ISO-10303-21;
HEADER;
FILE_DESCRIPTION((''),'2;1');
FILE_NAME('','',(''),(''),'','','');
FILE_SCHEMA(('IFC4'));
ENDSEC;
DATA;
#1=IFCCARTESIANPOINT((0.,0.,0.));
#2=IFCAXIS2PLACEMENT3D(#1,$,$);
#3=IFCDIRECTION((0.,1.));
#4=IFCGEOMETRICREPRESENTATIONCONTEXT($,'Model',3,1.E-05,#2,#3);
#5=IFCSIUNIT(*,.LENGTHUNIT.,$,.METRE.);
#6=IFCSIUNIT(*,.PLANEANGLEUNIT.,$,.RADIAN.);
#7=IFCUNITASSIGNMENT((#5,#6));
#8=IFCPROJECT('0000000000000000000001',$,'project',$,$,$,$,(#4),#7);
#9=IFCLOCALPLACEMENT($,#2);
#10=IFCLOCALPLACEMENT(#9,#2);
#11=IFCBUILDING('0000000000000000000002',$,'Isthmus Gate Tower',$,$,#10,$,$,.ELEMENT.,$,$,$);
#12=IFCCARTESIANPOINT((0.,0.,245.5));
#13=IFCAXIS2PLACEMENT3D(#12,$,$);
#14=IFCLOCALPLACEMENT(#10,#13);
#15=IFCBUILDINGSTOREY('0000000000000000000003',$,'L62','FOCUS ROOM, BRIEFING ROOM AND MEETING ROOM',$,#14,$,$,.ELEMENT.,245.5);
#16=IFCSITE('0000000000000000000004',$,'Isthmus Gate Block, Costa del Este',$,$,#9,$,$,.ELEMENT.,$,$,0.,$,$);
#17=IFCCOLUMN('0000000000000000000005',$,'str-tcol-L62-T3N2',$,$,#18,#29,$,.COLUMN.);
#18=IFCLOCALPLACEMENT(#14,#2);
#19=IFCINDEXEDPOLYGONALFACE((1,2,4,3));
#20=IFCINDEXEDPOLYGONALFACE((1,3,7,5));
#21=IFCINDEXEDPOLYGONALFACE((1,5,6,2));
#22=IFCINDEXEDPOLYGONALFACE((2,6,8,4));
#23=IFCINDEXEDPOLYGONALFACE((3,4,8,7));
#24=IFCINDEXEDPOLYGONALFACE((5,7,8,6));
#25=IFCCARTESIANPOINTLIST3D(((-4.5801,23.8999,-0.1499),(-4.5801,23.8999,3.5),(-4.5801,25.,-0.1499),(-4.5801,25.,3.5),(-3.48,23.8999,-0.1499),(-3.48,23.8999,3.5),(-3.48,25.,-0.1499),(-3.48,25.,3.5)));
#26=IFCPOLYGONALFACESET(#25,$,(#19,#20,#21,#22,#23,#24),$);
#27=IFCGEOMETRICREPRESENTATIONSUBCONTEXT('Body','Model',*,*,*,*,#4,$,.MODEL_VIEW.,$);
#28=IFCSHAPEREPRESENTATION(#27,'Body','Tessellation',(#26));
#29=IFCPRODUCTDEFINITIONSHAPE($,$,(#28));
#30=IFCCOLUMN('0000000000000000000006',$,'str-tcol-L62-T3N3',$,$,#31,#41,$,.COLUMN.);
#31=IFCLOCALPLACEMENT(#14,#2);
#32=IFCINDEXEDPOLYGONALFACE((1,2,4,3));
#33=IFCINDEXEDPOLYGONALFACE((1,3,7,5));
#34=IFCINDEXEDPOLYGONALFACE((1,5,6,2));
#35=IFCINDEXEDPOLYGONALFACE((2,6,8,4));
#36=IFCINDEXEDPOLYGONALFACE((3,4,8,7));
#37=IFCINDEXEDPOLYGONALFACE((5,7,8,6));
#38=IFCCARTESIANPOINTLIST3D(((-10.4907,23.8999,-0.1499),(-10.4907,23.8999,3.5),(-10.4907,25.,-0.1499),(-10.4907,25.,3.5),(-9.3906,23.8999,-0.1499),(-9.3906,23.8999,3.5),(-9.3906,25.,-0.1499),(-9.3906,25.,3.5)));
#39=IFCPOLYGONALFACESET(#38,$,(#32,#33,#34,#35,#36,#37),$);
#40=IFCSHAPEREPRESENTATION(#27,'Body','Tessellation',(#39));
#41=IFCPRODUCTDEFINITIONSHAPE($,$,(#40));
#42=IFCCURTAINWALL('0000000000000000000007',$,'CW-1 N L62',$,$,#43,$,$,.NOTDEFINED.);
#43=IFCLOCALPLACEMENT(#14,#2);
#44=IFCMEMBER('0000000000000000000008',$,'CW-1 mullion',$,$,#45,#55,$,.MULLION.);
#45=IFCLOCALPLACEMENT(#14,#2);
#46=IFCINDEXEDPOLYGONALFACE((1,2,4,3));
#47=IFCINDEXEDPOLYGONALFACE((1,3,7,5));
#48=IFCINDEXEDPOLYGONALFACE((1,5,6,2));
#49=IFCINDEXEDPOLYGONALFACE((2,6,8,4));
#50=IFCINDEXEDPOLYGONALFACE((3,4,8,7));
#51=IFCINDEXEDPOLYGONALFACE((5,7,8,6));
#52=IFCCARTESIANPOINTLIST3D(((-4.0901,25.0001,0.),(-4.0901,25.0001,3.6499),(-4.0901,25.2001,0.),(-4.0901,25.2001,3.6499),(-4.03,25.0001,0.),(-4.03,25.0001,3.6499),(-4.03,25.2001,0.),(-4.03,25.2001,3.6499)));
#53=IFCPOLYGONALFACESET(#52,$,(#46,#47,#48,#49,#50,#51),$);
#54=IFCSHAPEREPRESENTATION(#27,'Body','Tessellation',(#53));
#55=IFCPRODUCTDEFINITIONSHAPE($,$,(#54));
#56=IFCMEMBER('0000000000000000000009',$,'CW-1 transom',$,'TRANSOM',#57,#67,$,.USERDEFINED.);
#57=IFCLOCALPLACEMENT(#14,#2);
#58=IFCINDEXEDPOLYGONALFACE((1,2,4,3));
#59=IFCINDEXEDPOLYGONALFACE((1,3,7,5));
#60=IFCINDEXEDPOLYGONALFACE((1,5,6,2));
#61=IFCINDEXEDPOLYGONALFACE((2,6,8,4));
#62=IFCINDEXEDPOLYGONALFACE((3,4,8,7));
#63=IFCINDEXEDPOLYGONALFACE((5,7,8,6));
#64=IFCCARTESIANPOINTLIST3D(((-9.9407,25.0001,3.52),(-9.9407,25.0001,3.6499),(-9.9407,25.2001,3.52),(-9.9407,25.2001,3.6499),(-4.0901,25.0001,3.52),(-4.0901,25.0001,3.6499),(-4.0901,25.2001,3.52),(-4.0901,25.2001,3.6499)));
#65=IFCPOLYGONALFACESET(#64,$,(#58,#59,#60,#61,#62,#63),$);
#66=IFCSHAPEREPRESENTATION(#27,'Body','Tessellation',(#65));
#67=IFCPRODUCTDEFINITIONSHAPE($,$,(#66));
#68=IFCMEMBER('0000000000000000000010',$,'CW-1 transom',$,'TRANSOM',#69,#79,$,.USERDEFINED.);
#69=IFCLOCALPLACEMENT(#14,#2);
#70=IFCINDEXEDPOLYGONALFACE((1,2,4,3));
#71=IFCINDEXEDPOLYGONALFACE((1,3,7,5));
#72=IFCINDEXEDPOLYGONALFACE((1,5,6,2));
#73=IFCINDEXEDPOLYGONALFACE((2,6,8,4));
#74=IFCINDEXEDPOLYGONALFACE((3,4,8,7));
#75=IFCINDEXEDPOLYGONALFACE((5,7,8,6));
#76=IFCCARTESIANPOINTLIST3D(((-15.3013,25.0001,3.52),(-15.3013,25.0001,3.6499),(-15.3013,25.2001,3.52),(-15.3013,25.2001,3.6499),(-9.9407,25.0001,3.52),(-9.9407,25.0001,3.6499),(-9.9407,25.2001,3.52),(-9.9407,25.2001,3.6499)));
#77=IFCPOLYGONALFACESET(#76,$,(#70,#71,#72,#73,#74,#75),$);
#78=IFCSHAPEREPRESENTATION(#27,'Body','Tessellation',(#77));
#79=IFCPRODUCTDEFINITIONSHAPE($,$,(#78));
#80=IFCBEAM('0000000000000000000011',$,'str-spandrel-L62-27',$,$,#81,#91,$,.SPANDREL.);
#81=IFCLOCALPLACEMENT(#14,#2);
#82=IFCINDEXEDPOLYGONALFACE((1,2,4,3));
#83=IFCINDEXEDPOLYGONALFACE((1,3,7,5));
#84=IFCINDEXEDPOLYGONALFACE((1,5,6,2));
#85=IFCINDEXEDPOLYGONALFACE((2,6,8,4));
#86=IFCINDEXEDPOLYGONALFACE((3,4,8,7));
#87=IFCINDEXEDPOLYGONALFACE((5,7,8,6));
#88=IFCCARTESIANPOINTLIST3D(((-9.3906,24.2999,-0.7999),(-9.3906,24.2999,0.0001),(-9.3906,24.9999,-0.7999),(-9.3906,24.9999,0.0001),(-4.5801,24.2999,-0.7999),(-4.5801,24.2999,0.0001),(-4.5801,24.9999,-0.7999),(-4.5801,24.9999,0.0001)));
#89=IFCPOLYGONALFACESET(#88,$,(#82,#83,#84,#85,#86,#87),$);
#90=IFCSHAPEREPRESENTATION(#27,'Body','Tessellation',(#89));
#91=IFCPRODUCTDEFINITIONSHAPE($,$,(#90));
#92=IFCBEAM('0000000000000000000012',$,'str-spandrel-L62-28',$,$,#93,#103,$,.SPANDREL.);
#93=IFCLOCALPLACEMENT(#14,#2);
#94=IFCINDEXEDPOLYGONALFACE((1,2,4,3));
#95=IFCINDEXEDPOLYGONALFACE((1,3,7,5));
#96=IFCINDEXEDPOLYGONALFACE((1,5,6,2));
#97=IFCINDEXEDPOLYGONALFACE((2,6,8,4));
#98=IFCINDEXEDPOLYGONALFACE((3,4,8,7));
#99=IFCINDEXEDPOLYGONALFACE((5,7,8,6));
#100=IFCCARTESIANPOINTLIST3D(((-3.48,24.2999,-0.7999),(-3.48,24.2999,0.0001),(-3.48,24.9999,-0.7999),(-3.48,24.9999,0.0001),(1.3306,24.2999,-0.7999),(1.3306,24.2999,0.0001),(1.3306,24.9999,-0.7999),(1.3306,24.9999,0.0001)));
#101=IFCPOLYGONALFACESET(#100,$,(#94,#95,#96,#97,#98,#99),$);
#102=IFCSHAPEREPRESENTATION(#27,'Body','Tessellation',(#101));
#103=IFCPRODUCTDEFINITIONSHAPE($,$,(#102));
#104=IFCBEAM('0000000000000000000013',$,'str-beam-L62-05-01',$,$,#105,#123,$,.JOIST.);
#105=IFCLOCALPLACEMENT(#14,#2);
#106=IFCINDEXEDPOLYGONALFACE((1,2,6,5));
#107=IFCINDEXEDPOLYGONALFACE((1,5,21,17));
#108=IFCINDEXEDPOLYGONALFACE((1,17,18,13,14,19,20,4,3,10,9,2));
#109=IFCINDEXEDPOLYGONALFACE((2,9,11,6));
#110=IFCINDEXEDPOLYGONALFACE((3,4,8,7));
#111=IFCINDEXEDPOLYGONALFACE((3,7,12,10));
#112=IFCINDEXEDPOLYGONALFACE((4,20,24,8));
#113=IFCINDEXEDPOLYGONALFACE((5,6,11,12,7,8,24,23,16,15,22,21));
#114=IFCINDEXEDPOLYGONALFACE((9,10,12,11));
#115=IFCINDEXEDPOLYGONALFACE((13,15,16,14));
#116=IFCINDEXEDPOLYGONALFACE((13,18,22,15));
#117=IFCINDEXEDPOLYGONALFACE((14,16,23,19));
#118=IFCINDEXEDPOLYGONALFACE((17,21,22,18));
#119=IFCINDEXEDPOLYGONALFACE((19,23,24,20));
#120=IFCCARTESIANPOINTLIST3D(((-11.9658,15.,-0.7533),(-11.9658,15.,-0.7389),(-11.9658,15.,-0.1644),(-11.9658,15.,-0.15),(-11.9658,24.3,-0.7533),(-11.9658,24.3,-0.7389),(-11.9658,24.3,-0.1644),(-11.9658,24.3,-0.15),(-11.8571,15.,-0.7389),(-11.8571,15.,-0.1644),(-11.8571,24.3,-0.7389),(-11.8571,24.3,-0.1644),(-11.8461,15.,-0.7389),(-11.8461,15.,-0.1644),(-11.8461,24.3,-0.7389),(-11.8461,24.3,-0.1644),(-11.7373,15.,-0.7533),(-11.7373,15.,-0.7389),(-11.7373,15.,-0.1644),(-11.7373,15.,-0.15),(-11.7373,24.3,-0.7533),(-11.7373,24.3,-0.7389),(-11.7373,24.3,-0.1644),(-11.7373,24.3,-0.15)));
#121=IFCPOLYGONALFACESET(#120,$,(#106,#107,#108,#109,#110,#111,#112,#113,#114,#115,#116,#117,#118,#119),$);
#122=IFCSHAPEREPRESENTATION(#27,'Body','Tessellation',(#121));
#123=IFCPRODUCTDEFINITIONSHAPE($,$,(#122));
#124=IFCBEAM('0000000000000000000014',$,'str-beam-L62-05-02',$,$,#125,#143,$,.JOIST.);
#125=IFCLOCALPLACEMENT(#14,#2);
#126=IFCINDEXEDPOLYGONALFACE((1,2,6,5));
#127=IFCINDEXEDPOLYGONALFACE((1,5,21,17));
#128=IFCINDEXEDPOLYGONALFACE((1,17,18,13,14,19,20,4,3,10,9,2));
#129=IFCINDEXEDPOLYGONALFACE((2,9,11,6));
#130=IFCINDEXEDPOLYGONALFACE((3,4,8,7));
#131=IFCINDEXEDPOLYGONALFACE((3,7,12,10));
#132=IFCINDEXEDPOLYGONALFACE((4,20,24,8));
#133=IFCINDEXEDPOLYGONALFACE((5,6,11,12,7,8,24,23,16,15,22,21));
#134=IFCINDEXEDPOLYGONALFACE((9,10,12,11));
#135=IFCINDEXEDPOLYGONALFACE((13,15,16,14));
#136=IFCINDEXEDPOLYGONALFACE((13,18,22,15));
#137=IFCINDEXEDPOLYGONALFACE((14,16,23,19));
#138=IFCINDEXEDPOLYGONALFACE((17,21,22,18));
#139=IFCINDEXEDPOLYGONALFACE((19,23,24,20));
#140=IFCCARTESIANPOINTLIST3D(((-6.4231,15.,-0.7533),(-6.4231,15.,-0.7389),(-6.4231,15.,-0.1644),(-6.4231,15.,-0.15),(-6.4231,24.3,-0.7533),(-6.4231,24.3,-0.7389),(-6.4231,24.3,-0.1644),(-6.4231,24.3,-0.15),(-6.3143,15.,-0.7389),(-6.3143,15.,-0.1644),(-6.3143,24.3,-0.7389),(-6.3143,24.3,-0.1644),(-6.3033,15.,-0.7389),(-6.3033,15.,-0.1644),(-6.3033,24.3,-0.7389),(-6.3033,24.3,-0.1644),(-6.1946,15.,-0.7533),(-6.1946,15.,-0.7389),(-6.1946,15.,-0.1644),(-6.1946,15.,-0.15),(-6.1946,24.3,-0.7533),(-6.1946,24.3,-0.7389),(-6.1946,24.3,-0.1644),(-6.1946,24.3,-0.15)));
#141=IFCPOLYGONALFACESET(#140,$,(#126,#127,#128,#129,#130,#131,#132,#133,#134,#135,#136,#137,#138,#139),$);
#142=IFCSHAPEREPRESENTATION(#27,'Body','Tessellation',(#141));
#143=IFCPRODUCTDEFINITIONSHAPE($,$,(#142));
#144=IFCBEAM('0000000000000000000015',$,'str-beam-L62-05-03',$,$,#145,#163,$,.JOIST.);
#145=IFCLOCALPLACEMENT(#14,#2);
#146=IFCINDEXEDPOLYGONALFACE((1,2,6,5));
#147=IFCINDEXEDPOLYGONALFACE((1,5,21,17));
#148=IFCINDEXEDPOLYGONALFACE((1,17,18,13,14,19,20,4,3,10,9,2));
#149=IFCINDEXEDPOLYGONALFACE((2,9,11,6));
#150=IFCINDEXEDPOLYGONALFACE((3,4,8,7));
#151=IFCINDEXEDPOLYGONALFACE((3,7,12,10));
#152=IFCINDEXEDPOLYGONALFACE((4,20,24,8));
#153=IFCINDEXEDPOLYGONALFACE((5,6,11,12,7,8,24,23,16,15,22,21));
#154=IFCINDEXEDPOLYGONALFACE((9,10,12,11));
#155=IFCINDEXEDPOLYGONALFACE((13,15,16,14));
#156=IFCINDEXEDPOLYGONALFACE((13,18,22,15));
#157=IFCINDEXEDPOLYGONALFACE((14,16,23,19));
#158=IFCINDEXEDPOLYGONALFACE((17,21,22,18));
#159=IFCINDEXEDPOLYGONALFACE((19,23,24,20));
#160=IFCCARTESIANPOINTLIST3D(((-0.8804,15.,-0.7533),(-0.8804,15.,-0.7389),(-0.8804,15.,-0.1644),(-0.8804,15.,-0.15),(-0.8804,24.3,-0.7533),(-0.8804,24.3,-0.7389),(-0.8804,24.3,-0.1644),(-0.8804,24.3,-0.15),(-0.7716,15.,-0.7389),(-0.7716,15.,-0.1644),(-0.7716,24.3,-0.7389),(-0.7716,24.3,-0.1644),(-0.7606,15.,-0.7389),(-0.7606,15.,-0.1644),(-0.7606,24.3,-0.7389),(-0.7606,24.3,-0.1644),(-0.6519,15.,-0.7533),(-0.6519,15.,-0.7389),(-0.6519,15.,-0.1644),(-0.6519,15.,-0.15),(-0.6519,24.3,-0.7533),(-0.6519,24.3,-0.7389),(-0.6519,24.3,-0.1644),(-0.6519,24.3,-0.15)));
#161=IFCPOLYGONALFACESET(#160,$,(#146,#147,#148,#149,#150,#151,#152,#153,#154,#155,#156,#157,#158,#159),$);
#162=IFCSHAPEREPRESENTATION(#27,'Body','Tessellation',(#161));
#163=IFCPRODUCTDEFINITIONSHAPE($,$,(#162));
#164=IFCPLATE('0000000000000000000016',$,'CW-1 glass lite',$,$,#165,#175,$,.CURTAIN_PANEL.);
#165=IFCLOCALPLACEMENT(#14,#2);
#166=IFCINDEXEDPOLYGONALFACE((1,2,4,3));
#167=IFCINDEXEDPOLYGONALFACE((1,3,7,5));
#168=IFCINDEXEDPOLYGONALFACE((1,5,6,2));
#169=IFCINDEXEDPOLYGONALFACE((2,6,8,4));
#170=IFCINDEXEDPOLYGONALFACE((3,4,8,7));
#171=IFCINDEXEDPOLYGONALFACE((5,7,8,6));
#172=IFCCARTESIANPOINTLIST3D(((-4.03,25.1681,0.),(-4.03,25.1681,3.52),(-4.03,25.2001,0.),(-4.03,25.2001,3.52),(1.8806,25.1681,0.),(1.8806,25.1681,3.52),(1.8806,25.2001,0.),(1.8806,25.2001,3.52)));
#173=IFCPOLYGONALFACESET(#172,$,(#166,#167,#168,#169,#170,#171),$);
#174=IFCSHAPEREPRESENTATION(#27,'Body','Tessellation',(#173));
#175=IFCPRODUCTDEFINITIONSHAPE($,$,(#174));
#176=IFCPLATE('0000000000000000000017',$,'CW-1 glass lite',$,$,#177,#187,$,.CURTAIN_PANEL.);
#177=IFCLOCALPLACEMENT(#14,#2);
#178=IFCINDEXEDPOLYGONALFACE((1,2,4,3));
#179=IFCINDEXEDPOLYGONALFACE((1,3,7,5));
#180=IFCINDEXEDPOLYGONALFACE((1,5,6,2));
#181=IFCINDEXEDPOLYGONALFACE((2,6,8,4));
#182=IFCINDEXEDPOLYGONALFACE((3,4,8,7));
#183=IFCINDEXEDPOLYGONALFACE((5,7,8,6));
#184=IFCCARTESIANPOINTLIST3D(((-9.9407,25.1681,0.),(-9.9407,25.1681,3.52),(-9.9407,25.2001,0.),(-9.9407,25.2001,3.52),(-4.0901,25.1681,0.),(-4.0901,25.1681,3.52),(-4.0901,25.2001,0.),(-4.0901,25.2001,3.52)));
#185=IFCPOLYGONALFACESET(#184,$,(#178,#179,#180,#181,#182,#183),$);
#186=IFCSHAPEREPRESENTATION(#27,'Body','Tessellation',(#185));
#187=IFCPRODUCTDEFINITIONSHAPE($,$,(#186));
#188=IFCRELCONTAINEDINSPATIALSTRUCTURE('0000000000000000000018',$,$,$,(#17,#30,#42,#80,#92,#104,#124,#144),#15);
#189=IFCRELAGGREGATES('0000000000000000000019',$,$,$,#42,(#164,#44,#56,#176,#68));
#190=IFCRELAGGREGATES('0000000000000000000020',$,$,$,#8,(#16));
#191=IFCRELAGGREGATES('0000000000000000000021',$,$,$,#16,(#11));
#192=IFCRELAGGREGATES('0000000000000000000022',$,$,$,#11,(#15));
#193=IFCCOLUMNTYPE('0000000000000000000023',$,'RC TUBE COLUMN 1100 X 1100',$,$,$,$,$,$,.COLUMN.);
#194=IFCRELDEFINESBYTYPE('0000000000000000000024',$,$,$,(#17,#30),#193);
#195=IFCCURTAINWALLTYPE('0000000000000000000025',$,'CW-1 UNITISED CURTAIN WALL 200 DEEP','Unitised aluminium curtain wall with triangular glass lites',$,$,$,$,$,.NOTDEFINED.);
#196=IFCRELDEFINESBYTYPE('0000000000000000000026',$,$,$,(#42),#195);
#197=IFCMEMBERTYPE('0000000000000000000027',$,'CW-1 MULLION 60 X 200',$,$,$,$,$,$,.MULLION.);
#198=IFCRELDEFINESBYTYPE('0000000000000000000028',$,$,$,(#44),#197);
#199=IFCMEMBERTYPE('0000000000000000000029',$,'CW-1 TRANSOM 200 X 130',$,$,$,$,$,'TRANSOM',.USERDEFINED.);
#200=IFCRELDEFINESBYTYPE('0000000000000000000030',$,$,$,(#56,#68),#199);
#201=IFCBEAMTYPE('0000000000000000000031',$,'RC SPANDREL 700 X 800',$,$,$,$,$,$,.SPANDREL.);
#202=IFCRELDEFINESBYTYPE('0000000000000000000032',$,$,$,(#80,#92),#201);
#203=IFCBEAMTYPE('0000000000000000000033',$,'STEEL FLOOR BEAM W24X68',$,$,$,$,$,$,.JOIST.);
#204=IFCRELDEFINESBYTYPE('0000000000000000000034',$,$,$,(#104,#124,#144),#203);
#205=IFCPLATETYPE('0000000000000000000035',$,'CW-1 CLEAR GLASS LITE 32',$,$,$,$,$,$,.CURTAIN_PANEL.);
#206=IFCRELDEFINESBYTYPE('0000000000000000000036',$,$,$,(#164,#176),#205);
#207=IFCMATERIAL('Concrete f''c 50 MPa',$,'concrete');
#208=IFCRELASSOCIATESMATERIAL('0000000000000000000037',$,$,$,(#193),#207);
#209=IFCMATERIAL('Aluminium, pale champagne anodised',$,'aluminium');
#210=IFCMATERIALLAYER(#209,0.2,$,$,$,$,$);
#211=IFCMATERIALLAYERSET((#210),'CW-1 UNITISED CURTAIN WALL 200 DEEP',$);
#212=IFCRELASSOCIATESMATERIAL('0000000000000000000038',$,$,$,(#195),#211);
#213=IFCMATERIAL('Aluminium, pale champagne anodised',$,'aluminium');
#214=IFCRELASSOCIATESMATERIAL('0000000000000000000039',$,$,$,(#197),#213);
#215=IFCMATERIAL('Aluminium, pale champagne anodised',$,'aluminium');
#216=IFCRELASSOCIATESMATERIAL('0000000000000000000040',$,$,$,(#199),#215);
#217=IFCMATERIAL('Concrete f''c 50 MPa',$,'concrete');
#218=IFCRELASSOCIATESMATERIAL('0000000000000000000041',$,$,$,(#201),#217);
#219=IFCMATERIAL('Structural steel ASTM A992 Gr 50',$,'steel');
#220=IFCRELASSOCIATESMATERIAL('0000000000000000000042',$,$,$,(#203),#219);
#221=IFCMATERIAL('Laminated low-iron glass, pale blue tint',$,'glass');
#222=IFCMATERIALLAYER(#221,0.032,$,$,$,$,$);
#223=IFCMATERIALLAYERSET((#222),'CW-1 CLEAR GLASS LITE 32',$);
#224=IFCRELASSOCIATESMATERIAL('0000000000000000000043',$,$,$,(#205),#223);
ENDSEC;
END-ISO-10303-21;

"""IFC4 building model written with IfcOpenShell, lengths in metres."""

from ifc_helpers import new_model, si_unit, direction, frame, origin, origin_2d, place, context, subcontext, project, spatial, rectangle, i_section, extrude, material, layer, layer_set, material_profile, profile_set, type_object, element, aggregate, save


model = new_model("IFC4")

# Units and contexts
model_context = context("Model", 3, precision=1e-05, world=origin(), true_north=direction((0.0, 1.0)))
body_context = subcontext(model_context, "Body", "Model", "MODEL_VIEW")
ifc_project = project(units=[si_unit("LENGTHUNIT", "METRE"), si_unit("PLANEANGLEUNIT", "RADIAN")], contexts=[model_context])

# Site, building, storey
site_placement = place(None, origin())
site = spatial("IfcSite", under=ifc_project, at=site_placement, Name="Isthmus Gate Block, Costa del Este", CompositionType="ELEMENT", RefElevation=0.0)
building_placement = place(site_placement, origin())
building = spatial("IfcBuilding", under=site, at=building_placement, Name="Isthmus Gate Tower", CompositionType="ELEMENT")
storey_placement = place(building_placement, frame((0.0, 0.0, 245.5)))
storey = spatial("IfcBuildingStorey", under=building, at=storey_placement, Name="L62", Description="FOCUS ROOM, BRIEFING ROOM AND MEETING ROOM", CompositionType="ELEMENT", Elevation=245.5)

# Columns
ifc_material_1 = material(Name="Concrete f'c 50 MPa", Category="concrete")
ifc_material_profile_1 = material_profile(ifc_material_1, rectangle(XDim=1.1001, YDim=1.1001, at=origin_2d()), Name="RC 1100X1100")
ifc_profile_set_1 = profile_set([ifc_material_profile_1], Name="Concrete f'c 50 MPa")
column_type = type_object("IfcColumnType", Name="RC TUBE COLUMN 1100 X 1100", PredefinedType="COLUMN", material=ifc_profile_set_1)
for number, where, z_axis, x_axis, name in (
    (1, (-4.03, 24.45, -0.1499), (0.0, 0.0, 1.0), (-1.0, 0.0, 0.0), "str-tcol-L62-T3N2"),
    (2, (-9.9407, 24.45, -0.1499), (0.0, 0.0, 1.0), (-1.0, 0.0, 0.0), "str-tcol-L62-T3N3"),
):
    element("IfcColumn", number, at=place(storey_placement, frame(where, z_axis=z_axis, x_axis=x_axis)), inside=storey, type_object=column_type, Name=name, PredefinedType="COLUMN", context=body_context, shape_type="SweptSolid", body=[
        extrude(rectangle(XDim=1.1001, YDim=1.1001, at=origin_2d()), origin(), (0.0, 0.0, 1.0), 3.6499),
    ])

# Curtain wall, members
ifc_material_2 = material(Name="Aluminium, pale champagne anodised", Category="aluminium")
ifc_layer_1 = layer(ifc_material_2, 0.2)
ifc_layer_set_1 = layer_set([ifc_layer_1], Name="CW-1 UNITISED CURTAIN WALL 200 DEEP")
curtain_wall_type = type_object("IfcCurtainWallType", Name="CW-1 UNITISED CURTAIN WALL 200 DEEP", Description="Unitised aluminium curtain wall with triangular glass lites", PredefinedType="NOTDEFINED", material=ifc_layer_set_1)
curtain_wall_placement = place(storey_placement, origin())
curtain_wall = element("IfcCurtainWall", 3, at=curtain_wall_placement, inside=storey, type_object=curtain_wall_type, Name="CW-1 N L62", PredefinedType="NOTDEFINED")
ifc_material_3 = material(Name="Aluminium, pale champagne anodised", Category="aluminium")
ifc_material_profile_2 = material_profile(ifc_material_3, rectangle(XDim=0.0601, YDim=0.2, at=origin_2d()), Name="60x200")
ifc_profile_set_2 = profile_set([ifc_material_profile_2], Name="Aluminium, pale champagne anodised")
member_type_1 = type_object("IfcMemberType", Name="CW-1 MULLION 60 X 200", PredefinedType="MULLION", material=ifc_profile_set_2)
member_1_placement = place(storey_placement, frame((-4.0601, 25.1001, 0.0), z_axis=(0.0, 0.0, 1.0), x_axis=(-1.0, 0.0, 0.0)))
member_1 = element("IfcMember", 4, at=member_1_placement, type_object=member_type_1, Name="CW-1 mullion", PredefinedType="MULLION", context=body_context, shape_type="SweptSolid", body=[
    extrude(rectangle(XDim=0.0601, YDim=0.2, at=origin_2d()), origin(), (0.0, 0.0, 1.0), 3.6499),
])
ifc_material_4 = material(Name="Aluminium, pale champagne anodised", Category="aluminium")
ifc_material_profile_3 = material_profile(ifc_material_4, rectangle(XDim=0.2, YDim=0.1299, at=origin_2d()), Name="200x130")
ifc_profile_set_3 = profile_set([ifc_material_profile_3], Name="Aluminium, pale champagne anodised")
member_type_2 = type_object("IfcMemberType", Name="CW-1 TRANSOM 200 X 130", ElementType="TRANSOM", PredefinedType="USERDEFINED", material=ifc_profile_set_3)
member_2_placement = place(storey_placement, frame((-4.0901, 25.1001, 3.585), z_axis=(-1.0, 0.0, 0.0), x_axis=(0.0, -1.0, 0.0)))
member_2 = element("IfcMember", 5, at=member_2_placement, type_object=member_type_2, Name="CW-1 transom", ObjectType="TRANSOM", PredefinedType="USERDEFINED", context=body_context, shape_type="SweptSolid", body=[
    extrude(rectangle(XDim=0.2, YDim=0.1299, at=origin_2d()), origin(), (0.0, 0.0, 1.0), 5.8506),
])
member_3_placement = place(storey_placement, frame((-9.9407, 25.1001, 3.585), z_axis=(-1.0, 0.0, 0.0), x_axis=(0.0, -1.0, 0.0)))
member_3 = element("IfcMember", 6, at=member_3_placement, type_object=member_type_2, Name="CW-1 transom", ObjectType="TRANSOM", PredefinedType="USERDEFINED", context=body_context, shape_type="SweptSolid", body=[
    extrude(rectangle(XDim=0.2, YDim=0.1299, at=origin_2d()), origin(), (0.0, 0.0, 1.0), 5.3606),
])

# Beams
ifc_material_5 = material(Name="Concrete f'c 50 MPa", Category="concrete")
ifc_material_profile_4 = material_profile(ifc_material_5, rectangle(XDim=0.7, YDim=0.8, at=origin_2d()), Name="RC 700X800")
ifc_profile_set_4 = profile_set([ifc_material_profile_4], Name="Concrete f'c 50 MPa")
beam_type_1 = type_object("IfcBeamType", Name="RC SPANDREL 700 X 800", PredefinedType="SPANDREL", material=ifc_profile_set_4)
for number, where, z_axis, x_axis, name in (
    (7, (-9.3906, 24.6499, -0.3999), (1.0, 0.0, 0.0), (0.0, 1.0, 0.0), "str-spandrel-L62-27"),
    (8, (-3.48, 24.6499, -0.3999), (1.0, 0.0, 0.0), (0.0, 1.0, 0.0), "str-spandrel-L62-28"),
):
    element("IfcBeam", number, at=place(storey_placement, frame(where, z_axis=z_axis, x_axis=x_axis)), inside=storey, type_object=beam_type_1, Name=name, PredefinedType="SPANDREL", context=body_context, shape_type="SweptSolid", body=[
        extrude(rectangle(XDim=0.7, YDim=0.8, at=origin_2d()), origin(), (0.0, 0.0, 1.0), 4.8105),
    ])
ifc_material_6 = material(Name="Structural steel ASTM A992 Gr 50", Category="steel")
ifc_material_profile_5 = material_profile(ifc_material_6, i_section(OverallWidth=0.2285, OverallDepth=0.6033, WebThickness=0.011, FlangeThickness=0.0144, at=origin_2d()), Name="W24X68")
ifc_profile_set_5 = profile_set([ifc_material_profile_5], Name="Structural steel ASTM A992 Gr 50")
beam_type_2 = type_object("IfcBeamType", Name="STEEL FLOOR BEAM W24X68", PredefinedType="JOIST", material=ifc_profile_set_5)
for number, where, z_axis, x_axis, name in (
    (9, (-11.8516, 15.0, -0.4517), (0.0, 1.0, 0.0), (-1.0, 0.0, 0.0), "str-beam-L62-05-01"),
    (10, (-6.3088, 15.0, -0.4517), (0.0, 1.0, 0.0), (-1.0, 0.0, 0.0), "str-beam-L62-05-02"),
    (11, (-0.7661, 15.0, -0.4517), (0.0, 1.0, 0.0), (-1.0, 0.0, 0.0), "str-beam-L62-05-03"),
):
    element("IfcBeam", number, at=place(storey_placement, frame(where, z_axis=z_axis, x_axis=x_axis)), inside=storey, type_object=beam_type_2, Name=name, PredefinedType="JOIST", context=body_context, shape_type="SweptSolid", body=[
        extrude(i_section(OverallWidth=0.2285, OverallDepth=0.6033, WebThickness=0.011, FlangeThickness=0.0144, at=origin_2d()), origin(), (0.0, 0.0, 1.0), 9.3),
    ])

# Plates
ifc_material_7 = material(Name="Laminated low-iron glass, pale blue tint", Category="glass")
ifc_layer_2 = layer(ifc_material_7, 0.032)
ifc_layer_set_2 = layer_set([ifc_layer_2], Name="CW-1 CLEAR GLASS LITE 32")
plate_type = type_object("IfcPlateType", Name="CW-1 CLEAR GLASS LITE 32", PredefinedType="CURTAIN_PANEL", material=ifc_layer_set_2)
plate_1_placement = place(storey_placement, frame((-1.0747, 25.1841, 0.0), z_axis=(0.0, 0.0, 1.0), x_axis=(-1.0, 0.0, 0.0)))
plate_1 = element("IfcPlate", 12, at=plate_1_placement, type_object=plate_type, Name="CW-1 glass lite", PredefinedType="CURTAIN_PANEL", context=body_context, shape_type="SweptSolid", body=[
    extrude(rectangle(XDim=5.9106, YDim=0.032, at=origin_2d()), origin(), (0.0, 0.0, 1.0), 3.52),
])
plate_2_placement = place(storey_placement, frame((-7.0154, 25.1841, 0.0), z_axis=(0.0, 0.0, 1.0), x_axis=(-1.0, 0.0, 0.0)))
plate_2 = element("IfcPlate", 13, at=plate_2_placement, type_object=plate_type, Name="CW-1 glass lite", PredefinedType="CURTAIN_PANEL", context=body_context, shape_type="SweptSolid", body=[
    extrude(rectangle(XDim=5.8506, YDim=0.032, at=origin_2d()), origin(), (0.0, 0.0, 1.0), 3.52),
])
aggregate(curtain_wall, [plate_1, member_1, member_2, plate_2, member_3])

save(model, "model.ifc")
